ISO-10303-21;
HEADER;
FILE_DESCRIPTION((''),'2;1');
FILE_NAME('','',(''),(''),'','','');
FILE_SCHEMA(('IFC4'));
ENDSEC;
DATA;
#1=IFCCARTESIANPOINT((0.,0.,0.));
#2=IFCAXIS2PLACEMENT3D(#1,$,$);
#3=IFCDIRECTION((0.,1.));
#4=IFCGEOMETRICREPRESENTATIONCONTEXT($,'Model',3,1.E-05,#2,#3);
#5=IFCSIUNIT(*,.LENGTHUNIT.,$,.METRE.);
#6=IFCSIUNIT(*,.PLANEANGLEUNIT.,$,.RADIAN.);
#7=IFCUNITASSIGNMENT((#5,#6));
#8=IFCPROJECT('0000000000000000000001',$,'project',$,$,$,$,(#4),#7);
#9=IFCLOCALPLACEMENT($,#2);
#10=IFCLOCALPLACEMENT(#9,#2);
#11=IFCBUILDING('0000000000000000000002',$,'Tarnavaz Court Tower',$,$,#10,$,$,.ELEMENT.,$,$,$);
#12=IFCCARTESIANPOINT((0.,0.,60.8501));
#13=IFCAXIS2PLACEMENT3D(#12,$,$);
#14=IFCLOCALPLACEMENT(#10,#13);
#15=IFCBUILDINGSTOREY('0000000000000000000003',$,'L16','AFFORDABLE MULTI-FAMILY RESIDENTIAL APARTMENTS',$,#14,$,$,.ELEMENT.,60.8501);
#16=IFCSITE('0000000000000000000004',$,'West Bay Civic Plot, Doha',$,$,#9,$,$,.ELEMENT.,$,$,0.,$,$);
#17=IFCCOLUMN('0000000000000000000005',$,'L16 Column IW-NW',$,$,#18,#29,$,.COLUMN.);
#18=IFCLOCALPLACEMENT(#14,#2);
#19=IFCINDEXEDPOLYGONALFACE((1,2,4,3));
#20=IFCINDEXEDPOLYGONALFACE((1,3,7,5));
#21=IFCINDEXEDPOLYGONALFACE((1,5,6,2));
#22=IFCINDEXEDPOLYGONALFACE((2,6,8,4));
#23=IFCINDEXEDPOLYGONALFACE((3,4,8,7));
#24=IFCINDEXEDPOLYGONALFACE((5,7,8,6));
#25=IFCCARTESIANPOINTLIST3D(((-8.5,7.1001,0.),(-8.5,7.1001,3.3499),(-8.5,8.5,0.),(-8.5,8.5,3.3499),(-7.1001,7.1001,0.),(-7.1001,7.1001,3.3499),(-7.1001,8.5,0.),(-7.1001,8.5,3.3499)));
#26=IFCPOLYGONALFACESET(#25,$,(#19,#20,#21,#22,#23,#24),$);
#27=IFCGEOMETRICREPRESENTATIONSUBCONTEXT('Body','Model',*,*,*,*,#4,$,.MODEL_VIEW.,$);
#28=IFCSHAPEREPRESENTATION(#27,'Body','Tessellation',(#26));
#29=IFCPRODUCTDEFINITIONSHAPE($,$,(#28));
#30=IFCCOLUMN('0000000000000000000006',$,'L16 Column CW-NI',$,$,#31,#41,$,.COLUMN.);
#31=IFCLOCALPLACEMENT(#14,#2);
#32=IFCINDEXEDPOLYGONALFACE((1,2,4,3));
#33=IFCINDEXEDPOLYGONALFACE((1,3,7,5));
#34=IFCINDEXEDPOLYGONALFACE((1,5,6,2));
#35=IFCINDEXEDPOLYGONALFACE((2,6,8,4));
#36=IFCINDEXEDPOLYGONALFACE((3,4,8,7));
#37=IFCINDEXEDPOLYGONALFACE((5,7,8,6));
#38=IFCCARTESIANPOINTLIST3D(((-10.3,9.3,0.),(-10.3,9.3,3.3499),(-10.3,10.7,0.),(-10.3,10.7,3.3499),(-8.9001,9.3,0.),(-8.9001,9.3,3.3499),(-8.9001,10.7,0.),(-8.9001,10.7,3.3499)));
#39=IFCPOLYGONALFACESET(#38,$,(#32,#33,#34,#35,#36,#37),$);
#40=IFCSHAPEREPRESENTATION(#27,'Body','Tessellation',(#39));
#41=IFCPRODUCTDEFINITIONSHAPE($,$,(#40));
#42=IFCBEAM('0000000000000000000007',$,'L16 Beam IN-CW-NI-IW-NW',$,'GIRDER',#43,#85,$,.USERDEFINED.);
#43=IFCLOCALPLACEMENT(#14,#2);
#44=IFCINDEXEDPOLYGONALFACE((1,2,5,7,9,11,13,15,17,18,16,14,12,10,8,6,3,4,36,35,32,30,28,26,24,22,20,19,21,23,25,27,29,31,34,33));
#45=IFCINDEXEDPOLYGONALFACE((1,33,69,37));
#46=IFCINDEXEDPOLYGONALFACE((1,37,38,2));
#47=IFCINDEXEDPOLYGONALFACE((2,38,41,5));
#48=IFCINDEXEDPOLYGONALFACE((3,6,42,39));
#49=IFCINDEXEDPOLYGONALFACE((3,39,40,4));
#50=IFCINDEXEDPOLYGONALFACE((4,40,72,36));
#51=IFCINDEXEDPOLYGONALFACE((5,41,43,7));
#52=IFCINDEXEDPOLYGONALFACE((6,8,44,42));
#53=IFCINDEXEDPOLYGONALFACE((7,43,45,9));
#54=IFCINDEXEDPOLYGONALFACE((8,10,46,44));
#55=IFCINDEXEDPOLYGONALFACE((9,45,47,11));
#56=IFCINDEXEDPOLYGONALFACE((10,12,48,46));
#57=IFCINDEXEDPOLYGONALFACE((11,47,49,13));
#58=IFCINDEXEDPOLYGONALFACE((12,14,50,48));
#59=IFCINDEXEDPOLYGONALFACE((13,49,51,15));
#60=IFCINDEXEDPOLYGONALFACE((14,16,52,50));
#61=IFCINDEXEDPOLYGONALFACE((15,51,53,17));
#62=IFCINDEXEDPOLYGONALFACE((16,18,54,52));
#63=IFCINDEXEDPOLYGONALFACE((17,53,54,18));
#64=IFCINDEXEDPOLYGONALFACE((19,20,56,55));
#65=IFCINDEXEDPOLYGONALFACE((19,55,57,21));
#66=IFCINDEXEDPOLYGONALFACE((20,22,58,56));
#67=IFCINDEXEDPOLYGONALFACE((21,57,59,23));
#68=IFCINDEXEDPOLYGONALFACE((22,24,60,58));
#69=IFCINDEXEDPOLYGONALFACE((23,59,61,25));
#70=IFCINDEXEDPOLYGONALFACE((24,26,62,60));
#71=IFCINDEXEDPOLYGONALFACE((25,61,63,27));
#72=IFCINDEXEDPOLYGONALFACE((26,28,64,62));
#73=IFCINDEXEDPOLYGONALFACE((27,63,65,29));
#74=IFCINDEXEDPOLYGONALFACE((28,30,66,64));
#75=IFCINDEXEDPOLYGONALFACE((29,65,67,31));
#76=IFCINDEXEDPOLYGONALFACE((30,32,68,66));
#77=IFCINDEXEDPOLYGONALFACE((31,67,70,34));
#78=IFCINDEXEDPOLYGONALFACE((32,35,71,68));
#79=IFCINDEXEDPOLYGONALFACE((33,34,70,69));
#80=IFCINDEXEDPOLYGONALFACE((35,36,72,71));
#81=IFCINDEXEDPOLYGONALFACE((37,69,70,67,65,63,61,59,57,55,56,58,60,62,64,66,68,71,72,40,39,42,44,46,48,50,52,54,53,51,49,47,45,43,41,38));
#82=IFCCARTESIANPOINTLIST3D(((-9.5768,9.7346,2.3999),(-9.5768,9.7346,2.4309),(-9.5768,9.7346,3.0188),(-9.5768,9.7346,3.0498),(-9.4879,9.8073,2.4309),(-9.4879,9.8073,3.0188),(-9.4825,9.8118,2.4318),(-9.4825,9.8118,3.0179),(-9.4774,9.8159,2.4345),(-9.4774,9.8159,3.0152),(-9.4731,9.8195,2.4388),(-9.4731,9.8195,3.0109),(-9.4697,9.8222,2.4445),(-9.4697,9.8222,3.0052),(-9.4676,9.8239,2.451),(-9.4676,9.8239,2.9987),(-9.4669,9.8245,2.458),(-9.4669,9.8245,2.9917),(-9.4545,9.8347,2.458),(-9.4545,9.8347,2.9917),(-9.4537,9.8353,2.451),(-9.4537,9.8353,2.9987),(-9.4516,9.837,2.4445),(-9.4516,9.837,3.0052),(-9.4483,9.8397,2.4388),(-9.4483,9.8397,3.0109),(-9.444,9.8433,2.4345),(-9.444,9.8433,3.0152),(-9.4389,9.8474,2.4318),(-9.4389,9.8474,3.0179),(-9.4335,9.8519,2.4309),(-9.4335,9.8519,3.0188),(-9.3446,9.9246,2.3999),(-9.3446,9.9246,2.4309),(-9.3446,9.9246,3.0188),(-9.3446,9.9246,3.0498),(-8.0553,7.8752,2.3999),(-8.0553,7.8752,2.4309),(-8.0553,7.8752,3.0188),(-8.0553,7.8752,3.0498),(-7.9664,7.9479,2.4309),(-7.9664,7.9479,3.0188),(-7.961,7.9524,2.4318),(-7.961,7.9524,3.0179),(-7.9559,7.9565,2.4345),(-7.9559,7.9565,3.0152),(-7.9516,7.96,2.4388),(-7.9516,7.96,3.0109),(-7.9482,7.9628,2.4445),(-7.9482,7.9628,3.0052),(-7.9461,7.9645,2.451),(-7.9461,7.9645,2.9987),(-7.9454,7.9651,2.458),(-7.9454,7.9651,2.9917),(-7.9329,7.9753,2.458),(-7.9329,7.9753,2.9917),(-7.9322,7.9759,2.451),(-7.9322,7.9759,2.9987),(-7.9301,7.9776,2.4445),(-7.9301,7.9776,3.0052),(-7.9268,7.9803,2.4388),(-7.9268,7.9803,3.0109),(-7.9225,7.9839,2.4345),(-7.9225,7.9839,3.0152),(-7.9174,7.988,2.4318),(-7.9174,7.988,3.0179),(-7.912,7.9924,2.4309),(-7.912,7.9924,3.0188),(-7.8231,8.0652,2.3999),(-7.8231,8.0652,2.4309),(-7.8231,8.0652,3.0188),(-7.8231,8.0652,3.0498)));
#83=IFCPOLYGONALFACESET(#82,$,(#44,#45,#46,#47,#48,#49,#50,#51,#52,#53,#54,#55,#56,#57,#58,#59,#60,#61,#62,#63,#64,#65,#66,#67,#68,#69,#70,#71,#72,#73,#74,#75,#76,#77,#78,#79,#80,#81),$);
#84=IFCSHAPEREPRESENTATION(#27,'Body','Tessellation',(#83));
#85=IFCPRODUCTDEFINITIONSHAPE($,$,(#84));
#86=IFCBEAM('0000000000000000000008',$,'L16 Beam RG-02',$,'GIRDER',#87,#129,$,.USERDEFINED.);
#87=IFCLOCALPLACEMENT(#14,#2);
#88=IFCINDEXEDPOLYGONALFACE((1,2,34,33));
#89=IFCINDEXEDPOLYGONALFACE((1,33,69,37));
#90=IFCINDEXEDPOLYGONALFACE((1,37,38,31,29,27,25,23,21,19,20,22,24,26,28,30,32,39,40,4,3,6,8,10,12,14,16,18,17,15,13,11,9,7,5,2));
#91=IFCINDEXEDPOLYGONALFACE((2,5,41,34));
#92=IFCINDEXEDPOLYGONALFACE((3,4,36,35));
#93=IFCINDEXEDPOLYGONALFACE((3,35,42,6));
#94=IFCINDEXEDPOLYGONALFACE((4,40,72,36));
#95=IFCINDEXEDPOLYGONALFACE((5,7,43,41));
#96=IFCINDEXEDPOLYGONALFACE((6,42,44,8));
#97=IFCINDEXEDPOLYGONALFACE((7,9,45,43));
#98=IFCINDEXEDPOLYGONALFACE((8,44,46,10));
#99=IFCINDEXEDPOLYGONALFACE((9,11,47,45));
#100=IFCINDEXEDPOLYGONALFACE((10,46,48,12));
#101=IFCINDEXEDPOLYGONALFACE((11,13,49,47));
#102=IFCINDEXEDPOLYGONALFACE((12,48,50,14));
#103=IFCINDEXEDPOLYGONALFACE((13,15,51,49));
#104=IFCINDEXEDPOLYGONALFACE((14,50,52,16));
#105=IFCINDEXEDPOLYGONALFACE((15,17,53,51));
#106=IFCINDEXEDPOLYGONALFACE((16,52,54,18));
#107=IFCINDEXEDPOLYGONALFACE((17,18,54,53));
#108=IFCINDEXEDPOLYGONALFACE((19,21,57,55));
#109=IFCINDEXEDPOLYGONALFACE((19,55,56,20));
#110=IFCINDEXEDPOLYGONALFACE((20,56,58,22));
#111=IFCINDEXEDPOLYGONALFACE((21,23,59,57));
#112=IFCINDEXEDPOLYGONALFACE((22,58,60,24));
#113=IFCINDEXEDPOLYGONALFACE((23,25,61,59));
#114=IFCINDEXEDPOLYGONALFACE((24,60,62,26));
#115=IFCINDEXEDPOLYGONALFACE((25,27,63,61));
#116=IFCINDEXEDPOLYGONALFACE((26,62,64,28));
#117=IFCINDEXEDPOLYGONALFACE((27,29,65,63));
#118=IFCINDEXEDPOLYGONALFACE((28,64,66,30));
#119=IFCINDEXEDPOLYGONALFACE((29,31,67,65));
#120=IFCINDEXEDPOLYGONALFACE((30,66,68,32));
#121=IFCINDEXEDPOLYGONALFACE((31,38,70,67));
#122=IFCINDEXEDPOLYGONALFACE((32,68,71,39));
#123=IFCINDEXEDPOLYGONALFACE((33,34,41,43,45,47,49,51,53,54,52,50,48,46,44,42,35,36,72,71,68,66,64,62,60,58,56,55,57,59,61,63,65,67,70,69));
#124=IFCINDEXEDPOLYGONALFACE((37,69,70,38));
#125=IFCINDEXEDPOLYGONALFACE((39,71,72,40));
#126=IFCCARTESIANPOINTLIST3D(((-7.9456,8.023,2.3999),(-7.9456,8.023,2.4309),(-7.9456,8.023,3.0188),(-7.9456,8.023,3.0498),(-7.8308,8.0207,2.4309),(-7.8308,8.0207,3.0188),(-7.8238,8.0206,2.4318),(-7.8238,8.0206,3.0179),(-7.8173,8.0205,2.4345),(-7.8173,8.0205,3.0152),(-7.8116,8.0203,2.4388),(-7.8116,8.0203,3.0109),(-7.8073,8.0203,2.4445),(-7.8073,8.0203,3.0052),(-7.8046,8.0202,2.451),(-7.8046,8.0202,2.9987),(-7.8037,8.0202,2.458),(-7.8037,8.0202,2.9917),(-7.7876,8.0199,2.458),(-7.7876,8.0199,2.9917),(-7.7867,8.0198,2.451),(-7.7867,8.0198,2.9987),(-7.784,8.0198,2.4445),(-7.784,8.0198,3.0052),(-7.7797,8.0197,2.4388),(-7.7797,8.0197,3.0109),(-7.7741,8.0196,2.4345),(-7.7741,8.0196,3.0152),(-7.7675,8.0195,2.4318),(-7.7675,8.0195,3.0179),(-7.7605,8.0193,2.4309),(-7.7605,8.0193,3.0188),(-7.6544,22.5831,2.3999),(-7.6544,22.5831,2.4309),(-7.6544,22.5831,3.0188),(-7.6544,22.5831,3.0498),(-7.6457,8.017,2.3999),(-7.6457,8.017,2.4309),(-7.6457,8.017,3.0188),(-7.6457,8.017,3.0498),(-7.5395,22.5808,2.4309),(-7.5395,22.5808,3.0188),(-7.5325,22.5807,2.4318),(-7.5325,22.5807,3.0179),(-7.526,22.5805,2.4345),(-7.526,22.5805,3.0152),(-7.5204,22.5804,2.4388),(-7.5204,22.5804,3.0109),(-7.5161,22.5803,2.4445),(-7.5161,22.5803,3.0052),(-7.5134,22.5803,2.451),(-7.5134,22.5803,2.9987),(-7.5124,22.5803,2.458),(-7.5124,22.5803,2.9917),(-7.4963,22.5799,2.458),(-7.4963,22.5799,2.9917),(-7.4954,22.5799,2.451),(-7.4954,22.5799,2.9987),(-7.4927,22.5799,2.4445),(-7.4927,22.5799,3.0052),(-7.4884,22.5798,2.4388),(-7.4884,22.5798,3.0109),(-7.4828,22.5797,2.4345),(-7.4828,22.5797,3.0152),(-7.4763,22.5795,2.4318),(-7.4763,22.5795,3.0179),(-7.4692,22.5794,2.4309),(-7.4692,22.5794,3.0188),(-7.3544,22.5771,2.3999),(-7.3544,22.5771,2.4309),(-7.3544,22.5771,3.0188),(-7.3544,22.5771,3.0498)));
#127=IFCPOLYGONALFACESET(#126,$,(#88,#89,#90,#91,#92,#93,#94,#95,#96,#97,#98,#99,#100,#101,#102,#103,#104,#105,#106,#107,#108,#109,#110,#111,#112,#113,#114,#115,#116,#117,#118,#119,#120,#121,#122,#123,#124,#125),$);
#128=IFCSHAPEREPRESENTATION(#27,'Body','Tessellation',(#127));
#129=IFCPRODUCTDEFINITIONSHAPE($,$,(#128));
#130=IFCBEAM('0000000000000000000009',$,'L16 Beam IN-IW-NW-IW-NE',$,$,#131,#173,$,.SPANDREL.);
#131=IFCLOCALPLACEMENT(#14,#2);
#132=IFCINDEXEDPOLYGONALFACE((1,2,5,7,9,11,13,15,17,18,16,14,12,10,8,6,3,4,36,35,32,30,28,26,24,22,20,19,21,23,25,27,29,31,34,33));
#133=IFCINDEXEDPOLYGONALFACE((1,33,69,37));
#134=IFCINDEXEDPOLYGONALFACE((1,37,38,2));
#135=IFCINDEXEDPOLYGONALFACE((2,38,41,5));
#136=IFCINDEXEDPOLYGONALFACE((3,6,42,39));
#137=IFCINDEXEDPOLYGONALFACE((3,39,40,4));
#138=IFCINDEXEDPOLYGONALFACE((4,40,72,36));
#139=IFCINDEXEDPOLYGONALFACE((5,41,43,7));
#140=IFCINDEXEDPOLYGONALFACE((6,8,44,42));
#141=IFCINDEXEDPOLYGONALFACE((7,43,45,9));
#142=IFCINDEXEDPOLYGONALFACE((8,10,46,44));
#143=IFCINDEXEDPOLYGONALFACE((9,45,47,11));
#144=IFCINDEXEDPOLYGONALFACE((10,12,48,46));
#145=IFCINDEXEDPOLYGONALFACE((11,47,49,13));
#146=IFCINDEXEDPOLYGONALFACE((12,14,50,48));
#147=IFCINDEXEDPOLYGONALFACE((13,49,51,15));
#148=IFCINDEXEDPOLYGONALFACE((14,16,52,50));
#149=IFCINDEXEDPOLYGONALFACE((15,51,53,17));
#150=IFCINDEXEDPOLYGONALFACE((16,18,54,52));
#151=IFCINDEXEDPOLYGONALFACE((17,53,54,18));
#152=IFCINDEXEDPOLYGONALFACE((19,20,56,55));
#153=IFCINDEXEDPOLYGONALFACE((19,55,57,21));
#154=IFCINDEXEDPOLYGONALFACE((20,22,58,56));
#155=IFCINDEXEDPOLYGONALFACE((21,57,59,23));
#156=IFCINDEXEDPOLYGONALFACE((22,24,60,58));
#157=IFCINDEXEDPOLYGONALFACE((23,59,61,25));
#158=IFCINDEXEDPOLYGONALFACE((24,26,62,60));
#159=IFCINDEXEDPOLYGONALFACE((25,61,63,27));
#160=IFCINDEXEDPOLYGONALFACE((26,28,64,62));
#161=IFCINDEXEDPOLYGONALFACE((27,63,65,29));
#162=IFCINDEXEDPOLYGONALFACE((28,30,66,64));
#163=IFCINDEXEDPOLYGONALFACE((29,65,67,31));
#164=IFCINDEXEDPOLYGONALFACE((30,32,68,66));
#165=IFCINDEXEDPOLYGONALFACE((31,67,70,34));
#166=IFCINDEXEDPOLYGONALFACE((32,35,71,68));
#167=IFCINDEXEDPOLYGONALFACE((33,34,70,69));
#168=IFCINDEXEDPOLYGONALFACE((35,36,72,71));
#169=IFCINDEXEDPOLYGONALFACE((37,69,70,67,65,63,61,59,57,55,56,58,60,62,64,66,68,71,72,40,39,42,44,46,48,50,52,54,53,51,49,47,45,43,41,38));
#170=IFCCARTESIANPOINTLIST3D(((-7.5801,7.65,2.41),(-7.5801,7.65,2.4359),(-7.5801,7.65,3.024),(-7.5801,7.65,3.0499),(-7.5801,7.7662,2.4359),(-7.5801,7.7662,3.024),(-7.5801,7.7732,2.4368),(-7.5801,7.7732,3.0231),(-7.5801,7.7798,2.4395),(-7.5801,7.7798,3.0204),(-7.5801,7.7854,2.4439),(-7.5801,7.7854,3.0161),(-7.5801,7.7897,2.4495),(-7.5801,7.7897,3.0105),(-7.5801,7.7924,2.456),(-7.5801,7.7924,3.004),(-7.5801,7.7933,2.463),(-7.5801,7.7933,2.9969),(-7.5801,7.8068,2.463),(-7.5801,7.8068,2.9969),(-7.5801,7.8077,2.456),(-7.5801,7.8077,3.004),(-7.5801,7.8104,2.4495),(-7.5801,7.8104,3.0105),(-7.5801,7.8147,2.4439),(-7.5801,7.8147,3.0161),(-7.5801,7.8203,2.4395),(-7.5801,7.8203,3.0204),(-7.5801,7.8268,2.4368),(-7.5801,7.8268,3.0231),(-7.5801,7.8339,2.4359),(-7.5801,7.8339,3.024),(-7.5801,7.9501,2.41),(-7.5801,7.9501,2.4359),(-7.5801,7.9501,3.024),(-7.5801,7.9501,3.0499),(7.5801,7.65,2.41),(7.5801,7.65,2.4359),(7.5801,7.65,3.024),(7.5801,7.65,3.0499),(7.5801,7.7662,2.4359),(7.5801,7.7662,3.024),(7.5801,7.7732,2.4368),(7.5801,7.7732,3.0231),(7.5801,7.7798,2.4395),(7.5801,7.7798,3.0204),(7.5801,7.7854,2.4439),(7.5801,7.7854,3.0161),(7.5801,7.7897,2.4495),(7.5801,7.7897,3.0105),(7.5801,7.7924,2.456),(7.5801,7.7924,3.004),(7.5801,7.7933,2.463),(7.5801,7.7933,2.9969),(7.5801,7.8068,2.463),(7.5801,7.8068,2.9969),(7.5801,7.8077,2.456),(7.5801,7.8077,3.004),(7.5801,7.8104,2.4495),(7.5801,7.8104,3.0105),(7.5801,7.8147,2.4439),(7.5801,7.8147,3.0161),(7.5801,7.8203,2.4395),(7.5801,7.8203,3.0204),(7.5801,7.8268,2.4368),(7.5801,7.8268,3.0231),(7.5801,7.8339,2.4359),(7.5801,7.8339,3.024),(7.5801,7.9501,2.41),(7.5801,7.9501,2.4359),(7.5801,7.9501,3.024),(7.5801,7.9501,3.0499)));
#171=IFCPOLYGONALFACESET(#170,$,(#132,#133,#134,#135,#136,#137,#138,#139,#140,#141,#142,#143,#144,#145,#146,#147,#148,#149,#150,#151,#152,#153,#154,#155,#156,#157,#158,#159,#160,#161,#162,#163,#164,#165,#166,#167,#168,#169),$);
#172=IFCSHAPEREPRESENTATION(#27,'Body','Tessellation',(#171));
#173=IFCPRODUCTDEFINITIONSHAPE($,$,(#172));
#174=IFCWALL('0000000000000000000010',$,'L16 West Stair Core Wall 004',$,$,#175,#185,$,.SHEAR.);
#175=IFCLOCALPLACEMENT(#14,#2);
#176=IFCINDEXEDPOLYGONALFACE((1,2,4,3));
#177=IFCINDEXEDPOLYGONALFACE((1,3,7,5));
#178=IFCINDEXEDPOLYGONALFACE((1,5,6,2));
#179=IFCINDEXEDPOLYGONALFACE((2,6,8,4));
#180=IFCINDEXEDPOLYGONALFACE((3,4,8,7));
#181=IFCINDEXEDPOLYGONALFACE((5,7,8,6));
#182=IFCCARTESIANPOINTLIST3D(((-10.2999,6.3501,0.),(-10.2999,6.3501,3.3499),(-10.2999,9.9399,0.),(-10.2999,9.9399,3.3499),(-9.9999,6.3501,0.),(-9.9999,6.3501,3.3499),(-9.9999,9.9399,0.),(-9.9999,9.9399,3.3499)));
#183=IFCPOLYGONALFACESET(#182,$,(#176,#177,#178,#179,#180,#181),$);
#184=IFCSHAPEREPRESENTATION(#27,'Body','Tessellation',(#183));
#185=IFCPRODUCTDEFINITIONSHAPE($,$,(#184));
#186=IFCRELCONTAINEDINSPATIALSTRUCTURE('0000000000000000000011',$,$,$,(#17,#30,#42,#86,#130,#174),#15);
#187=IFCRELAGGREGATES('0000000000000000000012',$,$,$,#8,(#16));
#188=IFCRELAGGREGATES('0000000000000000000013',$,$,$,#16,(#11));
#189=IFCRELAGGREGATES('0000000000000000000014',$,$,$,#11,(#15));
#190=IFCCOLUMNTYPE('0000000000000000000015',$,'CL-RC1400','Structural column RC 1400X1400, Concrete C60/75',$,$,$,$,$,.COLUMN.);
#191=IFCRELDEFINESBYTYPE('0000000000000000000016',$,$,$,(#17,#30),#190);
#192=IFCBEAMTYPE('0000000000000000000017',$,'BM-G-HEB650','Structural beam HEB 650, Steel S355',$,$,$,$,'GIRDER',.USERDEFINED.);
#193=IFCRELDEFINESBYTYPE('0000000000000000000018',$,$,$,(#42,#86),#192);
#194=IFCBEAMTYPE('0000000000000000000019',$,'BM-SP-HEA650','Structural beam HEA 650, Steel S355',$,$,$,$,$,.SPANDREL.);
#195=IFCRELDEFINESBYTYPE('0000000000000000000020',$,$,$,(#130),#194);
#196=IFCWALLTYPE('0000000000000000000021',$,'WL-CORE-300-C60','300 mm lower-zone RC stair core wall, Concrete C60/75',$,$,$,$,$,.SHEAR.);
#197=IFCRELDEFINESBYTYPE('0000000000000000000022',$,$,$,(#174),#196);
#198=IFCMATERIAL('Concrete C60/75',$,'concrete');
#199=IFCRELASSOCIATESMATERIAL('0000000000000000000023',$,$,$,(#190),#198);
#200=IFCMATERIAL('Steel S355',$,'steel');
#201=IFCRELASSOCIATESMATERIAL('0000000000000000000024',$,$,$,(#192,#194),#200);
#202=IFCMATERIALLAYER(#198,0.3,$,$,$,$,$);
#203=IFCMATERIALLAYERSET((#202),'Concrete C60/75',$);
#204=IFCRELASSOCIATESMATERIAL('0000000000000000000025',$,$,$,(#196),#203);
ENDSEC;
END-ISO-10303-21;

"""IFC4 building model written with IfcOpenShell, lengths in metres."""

from ifc_helpers import new_model, si_unit, direction, frame, frame_2d, origin, origin_2d, place, context, subcontext, project, spatial, rectangle, i_section, extrude, material, layer, layer_set, material_profile, profile_set, type_object, element, save


model = new_model("IFC4")

# Units and contexts
model_context = context("Model", 3, precision=1e-05, world=origin(), true_north=direction((0.0, 1.0)))
body_context = subcontext(model_context, "Body", "Model", "MODEL_VIEW")
ifc_project = project(units=[si_unit("LENGTHUNIT", "METRE"), si_unit("PLANEANGLEUNIT", "RADIAN")], contexts=[model_context])

# Site, building, storey
site_placement = place(None, origin())
site = spatial("IfcSite", under=ifc_project, at=site_placement, Name="West Bay Civic Plot, Doha", CompositionType="ELEMENT", RefElevation=0.0)
building_placement = place(site_placement, origin())
building = spatial("IfcBuilding", under=site, at=building_placement, Name="Tarnavaz Court Tower", CompositionType="ELEMENT")
storey_placement = place(building_placement, frame((0.0, 0.0, 60.8501)))
storey = spatial("IfcBuildingStorey", under=building, at=storey_placement, Name="L16", Description="AFFORDABLE MULTI-FAMILY RESIDENTIAL APARTMENTS", CompositionType="ELEMENT", Elevation=60.8501)

# Columns
ifc_material_1 = material(Name="Concrete C60/75", Category="concrete")
ifc_material_profile_1 = material_profile(ifc_material_1, rectangle(XDim=1.3999, YDim=1.3999, at=origin_2d()), Name="RC 1400X1400")
ifc_profile_set_1 = profile_set([ifc_material_profile_1], Name="Concrete C60/75")
column_type = type_object("IfcColumnType", Name="CL-RC1400", Description="Structural column RC 1400X1400, Concrete C60/75", PredefinedType="COLUMN", material=ifc_profile_set_1)
for number, where, z_axis, x_axis, name in (
    (1, (-7.8, 7.8, 0.0), (0.0, 0.0, 1.0), (1.0, 0.0, 0.0), "L16 Column IW-NW"),
    (2, (-9.6001, 10.0, 0.0), (0.0, 0.0, 1.0), (1.0, 0.0, 0.0), "L16 Column CW-NI"),
):
    element("IfcColumn", number, at=place(storey_placement, frame(where, z_axis=z_axis, x_axis=x_axis)), inside=storey, type_object=column_type, Name=name, PredefinedType="COLUMN", context=body_context, shape_type="SweptSolid", body=[
        extrude(rectangle(XDim=1.3999, YDim=1.3999, at=origin_2d()), origin(), (0.0, 0.0, 1.0), 3.3499),
    ])

# Beams
ifc_material_2 = material(Name="Steel S355", Category="steel")
ifc_material_profile_2 = material_profile(ifc_material_2, i_section(OverallWidth=0.3, OverallDepth=0.6499, WebThickness=0.0161, FlangeThickness=0.031, FilletRadius=0.0271, at=origin_2d()), Name="HEB 650")
ifc_profile_set_2 = profile_set([ifc_material_profile_2], Name="Steel S355")
beam_type_1 = type_object("IfcBeamType", Name="BM-G-HEB650", Description="Structural beam HEB 650, Steel S355", ElementType="GIRDER", PredefinedType="USERDEFINED", material=ifc_profile_set_2)
beam_1_placement = place(storey_placement, frame((-9.4607, 9.8296, 2.7249), z_axis=(0.633282, -0.773921, 0.0), x_axis=(0.773921, 0.633282, 0.0)))
element("IfcBeam", 3, at=beam_1_placement, inside=storey, type_object=beam_type_1, Name="L16 Beam IN-CW-NI-IW-NW", ObjectType="GIRDER", PredefinedType="USERDEFINED", context=body_context, shape_type="SweptSolid", body=[
    extrude(i_section(OverallWidth=0.3, OverallDepth=0.6499, WebThickness=0.0161, FlangeThickness=0.031, FilletRadius=0.0271, at=origin_2d()), origin(), (0.0, 0.0, 1.0), 2.4026),
])
beam_2_placement = place(storey_placement, frame((-7.7957, 8.02, 2.7249), z_axis=(0.02, 0.9998, 0.0), x_axis=(-0.9998, 0.02, 0.0)))
element("IfcBeam", 4, at=beam_2_placement, inside=storey, type_object=beam_type_1, Name="L16 Beam RG-02", ObjectType="GIRDER", PredefinedType="USERDEFINED", context=body_context, shape_type="SweptSolid", body=[
    extrude(i_section(OverallWidth=0.3, OverallDepth=0.6499, WebThickness=0.0161, FlangeThickness=0.031, FilletRadius=0.0271, at=origin_2d()), origin(), (0.0, 0.0, 1.0), 14.563),
])
ifc_material_profile_3 = material_profile(ifc_material_2, i_section(OverallWidth=0.3, OverallDepth=0.6399, WebThickness=0.0134, FlangeThickness=0.0259, FilletRadius=0.0271, at=origin_2d()), Name="HEA 650")
ifc_profile_set_3 = profile_set([ifc_material_profile_3], Name="Steel S355")
beam_type_2 = type_object("IfcBeamType", Name="BM-SP-HEA650", Description="Structural beam HEA 650, Steel S355", PredefinedType="SPANDREL", material=ifc_profile_set_3)
beam_3_placement = place(storey_placement, frame((-7.5801, 7.8, 2.73), z_axis=(1.0, 0.0, 0.0), x_axis=(0.0, 1.0, 0.0)))
element("IfcBeam", 5, at=beam_3_placement, inside=storey, type_object=beam_type_2, Name="L16 Beam IN-IW-NW-IW-NE", PredefinedType="SPANDREL", context=body_context, shape_type="SweptSolid", body=[
    extrude(i_section(OverallWidth=0.3, OverallDepth=0.6399, WebThickness=0.0134, FlangeThickness=0.0259, FilletRadius=0.0271, at=origin_2d()), origin(), (0.0, 0.0, 1.0), 15.1602),
])

# Wall
ifc_layer_1 = layer(ifc_material_1, 0.3)
ifc_layer_set_1 = layer_set([ifc_layer_1], Name="Concrete C60/75")
wall_type_1 = type_object("IfcWallType", Name="WL-CORE-300-C60", Description="300 mm lower-zone RC stair core wall, Concrete C60/75", PredefinedType="SHEAR", material=ifc_layer_set_1)
wall_1_placement = place(storey_placement, frame((-10.1499, 6.3501, 0.0), z_axis=(0.0, 0.0, 1.0), x_axis=(0.0, 1.0, 0.0)))
element("IfcWall", 6, at=wall_1_placement, inside=storey, type_object=wall_type_1, Name="L16 West Stair Core Wall 004", PredefinedType="SHEAR", context=body_context, shape_type="SweptSolid", body=[
    extrude(rectangle(XDim=3.5898, YDim=0.3, at=frame_2d((1.7949, 0.0))), origin(), (0.0, 0.0, 1.0), 3.3499),
])

save(model, "model.ifc")
